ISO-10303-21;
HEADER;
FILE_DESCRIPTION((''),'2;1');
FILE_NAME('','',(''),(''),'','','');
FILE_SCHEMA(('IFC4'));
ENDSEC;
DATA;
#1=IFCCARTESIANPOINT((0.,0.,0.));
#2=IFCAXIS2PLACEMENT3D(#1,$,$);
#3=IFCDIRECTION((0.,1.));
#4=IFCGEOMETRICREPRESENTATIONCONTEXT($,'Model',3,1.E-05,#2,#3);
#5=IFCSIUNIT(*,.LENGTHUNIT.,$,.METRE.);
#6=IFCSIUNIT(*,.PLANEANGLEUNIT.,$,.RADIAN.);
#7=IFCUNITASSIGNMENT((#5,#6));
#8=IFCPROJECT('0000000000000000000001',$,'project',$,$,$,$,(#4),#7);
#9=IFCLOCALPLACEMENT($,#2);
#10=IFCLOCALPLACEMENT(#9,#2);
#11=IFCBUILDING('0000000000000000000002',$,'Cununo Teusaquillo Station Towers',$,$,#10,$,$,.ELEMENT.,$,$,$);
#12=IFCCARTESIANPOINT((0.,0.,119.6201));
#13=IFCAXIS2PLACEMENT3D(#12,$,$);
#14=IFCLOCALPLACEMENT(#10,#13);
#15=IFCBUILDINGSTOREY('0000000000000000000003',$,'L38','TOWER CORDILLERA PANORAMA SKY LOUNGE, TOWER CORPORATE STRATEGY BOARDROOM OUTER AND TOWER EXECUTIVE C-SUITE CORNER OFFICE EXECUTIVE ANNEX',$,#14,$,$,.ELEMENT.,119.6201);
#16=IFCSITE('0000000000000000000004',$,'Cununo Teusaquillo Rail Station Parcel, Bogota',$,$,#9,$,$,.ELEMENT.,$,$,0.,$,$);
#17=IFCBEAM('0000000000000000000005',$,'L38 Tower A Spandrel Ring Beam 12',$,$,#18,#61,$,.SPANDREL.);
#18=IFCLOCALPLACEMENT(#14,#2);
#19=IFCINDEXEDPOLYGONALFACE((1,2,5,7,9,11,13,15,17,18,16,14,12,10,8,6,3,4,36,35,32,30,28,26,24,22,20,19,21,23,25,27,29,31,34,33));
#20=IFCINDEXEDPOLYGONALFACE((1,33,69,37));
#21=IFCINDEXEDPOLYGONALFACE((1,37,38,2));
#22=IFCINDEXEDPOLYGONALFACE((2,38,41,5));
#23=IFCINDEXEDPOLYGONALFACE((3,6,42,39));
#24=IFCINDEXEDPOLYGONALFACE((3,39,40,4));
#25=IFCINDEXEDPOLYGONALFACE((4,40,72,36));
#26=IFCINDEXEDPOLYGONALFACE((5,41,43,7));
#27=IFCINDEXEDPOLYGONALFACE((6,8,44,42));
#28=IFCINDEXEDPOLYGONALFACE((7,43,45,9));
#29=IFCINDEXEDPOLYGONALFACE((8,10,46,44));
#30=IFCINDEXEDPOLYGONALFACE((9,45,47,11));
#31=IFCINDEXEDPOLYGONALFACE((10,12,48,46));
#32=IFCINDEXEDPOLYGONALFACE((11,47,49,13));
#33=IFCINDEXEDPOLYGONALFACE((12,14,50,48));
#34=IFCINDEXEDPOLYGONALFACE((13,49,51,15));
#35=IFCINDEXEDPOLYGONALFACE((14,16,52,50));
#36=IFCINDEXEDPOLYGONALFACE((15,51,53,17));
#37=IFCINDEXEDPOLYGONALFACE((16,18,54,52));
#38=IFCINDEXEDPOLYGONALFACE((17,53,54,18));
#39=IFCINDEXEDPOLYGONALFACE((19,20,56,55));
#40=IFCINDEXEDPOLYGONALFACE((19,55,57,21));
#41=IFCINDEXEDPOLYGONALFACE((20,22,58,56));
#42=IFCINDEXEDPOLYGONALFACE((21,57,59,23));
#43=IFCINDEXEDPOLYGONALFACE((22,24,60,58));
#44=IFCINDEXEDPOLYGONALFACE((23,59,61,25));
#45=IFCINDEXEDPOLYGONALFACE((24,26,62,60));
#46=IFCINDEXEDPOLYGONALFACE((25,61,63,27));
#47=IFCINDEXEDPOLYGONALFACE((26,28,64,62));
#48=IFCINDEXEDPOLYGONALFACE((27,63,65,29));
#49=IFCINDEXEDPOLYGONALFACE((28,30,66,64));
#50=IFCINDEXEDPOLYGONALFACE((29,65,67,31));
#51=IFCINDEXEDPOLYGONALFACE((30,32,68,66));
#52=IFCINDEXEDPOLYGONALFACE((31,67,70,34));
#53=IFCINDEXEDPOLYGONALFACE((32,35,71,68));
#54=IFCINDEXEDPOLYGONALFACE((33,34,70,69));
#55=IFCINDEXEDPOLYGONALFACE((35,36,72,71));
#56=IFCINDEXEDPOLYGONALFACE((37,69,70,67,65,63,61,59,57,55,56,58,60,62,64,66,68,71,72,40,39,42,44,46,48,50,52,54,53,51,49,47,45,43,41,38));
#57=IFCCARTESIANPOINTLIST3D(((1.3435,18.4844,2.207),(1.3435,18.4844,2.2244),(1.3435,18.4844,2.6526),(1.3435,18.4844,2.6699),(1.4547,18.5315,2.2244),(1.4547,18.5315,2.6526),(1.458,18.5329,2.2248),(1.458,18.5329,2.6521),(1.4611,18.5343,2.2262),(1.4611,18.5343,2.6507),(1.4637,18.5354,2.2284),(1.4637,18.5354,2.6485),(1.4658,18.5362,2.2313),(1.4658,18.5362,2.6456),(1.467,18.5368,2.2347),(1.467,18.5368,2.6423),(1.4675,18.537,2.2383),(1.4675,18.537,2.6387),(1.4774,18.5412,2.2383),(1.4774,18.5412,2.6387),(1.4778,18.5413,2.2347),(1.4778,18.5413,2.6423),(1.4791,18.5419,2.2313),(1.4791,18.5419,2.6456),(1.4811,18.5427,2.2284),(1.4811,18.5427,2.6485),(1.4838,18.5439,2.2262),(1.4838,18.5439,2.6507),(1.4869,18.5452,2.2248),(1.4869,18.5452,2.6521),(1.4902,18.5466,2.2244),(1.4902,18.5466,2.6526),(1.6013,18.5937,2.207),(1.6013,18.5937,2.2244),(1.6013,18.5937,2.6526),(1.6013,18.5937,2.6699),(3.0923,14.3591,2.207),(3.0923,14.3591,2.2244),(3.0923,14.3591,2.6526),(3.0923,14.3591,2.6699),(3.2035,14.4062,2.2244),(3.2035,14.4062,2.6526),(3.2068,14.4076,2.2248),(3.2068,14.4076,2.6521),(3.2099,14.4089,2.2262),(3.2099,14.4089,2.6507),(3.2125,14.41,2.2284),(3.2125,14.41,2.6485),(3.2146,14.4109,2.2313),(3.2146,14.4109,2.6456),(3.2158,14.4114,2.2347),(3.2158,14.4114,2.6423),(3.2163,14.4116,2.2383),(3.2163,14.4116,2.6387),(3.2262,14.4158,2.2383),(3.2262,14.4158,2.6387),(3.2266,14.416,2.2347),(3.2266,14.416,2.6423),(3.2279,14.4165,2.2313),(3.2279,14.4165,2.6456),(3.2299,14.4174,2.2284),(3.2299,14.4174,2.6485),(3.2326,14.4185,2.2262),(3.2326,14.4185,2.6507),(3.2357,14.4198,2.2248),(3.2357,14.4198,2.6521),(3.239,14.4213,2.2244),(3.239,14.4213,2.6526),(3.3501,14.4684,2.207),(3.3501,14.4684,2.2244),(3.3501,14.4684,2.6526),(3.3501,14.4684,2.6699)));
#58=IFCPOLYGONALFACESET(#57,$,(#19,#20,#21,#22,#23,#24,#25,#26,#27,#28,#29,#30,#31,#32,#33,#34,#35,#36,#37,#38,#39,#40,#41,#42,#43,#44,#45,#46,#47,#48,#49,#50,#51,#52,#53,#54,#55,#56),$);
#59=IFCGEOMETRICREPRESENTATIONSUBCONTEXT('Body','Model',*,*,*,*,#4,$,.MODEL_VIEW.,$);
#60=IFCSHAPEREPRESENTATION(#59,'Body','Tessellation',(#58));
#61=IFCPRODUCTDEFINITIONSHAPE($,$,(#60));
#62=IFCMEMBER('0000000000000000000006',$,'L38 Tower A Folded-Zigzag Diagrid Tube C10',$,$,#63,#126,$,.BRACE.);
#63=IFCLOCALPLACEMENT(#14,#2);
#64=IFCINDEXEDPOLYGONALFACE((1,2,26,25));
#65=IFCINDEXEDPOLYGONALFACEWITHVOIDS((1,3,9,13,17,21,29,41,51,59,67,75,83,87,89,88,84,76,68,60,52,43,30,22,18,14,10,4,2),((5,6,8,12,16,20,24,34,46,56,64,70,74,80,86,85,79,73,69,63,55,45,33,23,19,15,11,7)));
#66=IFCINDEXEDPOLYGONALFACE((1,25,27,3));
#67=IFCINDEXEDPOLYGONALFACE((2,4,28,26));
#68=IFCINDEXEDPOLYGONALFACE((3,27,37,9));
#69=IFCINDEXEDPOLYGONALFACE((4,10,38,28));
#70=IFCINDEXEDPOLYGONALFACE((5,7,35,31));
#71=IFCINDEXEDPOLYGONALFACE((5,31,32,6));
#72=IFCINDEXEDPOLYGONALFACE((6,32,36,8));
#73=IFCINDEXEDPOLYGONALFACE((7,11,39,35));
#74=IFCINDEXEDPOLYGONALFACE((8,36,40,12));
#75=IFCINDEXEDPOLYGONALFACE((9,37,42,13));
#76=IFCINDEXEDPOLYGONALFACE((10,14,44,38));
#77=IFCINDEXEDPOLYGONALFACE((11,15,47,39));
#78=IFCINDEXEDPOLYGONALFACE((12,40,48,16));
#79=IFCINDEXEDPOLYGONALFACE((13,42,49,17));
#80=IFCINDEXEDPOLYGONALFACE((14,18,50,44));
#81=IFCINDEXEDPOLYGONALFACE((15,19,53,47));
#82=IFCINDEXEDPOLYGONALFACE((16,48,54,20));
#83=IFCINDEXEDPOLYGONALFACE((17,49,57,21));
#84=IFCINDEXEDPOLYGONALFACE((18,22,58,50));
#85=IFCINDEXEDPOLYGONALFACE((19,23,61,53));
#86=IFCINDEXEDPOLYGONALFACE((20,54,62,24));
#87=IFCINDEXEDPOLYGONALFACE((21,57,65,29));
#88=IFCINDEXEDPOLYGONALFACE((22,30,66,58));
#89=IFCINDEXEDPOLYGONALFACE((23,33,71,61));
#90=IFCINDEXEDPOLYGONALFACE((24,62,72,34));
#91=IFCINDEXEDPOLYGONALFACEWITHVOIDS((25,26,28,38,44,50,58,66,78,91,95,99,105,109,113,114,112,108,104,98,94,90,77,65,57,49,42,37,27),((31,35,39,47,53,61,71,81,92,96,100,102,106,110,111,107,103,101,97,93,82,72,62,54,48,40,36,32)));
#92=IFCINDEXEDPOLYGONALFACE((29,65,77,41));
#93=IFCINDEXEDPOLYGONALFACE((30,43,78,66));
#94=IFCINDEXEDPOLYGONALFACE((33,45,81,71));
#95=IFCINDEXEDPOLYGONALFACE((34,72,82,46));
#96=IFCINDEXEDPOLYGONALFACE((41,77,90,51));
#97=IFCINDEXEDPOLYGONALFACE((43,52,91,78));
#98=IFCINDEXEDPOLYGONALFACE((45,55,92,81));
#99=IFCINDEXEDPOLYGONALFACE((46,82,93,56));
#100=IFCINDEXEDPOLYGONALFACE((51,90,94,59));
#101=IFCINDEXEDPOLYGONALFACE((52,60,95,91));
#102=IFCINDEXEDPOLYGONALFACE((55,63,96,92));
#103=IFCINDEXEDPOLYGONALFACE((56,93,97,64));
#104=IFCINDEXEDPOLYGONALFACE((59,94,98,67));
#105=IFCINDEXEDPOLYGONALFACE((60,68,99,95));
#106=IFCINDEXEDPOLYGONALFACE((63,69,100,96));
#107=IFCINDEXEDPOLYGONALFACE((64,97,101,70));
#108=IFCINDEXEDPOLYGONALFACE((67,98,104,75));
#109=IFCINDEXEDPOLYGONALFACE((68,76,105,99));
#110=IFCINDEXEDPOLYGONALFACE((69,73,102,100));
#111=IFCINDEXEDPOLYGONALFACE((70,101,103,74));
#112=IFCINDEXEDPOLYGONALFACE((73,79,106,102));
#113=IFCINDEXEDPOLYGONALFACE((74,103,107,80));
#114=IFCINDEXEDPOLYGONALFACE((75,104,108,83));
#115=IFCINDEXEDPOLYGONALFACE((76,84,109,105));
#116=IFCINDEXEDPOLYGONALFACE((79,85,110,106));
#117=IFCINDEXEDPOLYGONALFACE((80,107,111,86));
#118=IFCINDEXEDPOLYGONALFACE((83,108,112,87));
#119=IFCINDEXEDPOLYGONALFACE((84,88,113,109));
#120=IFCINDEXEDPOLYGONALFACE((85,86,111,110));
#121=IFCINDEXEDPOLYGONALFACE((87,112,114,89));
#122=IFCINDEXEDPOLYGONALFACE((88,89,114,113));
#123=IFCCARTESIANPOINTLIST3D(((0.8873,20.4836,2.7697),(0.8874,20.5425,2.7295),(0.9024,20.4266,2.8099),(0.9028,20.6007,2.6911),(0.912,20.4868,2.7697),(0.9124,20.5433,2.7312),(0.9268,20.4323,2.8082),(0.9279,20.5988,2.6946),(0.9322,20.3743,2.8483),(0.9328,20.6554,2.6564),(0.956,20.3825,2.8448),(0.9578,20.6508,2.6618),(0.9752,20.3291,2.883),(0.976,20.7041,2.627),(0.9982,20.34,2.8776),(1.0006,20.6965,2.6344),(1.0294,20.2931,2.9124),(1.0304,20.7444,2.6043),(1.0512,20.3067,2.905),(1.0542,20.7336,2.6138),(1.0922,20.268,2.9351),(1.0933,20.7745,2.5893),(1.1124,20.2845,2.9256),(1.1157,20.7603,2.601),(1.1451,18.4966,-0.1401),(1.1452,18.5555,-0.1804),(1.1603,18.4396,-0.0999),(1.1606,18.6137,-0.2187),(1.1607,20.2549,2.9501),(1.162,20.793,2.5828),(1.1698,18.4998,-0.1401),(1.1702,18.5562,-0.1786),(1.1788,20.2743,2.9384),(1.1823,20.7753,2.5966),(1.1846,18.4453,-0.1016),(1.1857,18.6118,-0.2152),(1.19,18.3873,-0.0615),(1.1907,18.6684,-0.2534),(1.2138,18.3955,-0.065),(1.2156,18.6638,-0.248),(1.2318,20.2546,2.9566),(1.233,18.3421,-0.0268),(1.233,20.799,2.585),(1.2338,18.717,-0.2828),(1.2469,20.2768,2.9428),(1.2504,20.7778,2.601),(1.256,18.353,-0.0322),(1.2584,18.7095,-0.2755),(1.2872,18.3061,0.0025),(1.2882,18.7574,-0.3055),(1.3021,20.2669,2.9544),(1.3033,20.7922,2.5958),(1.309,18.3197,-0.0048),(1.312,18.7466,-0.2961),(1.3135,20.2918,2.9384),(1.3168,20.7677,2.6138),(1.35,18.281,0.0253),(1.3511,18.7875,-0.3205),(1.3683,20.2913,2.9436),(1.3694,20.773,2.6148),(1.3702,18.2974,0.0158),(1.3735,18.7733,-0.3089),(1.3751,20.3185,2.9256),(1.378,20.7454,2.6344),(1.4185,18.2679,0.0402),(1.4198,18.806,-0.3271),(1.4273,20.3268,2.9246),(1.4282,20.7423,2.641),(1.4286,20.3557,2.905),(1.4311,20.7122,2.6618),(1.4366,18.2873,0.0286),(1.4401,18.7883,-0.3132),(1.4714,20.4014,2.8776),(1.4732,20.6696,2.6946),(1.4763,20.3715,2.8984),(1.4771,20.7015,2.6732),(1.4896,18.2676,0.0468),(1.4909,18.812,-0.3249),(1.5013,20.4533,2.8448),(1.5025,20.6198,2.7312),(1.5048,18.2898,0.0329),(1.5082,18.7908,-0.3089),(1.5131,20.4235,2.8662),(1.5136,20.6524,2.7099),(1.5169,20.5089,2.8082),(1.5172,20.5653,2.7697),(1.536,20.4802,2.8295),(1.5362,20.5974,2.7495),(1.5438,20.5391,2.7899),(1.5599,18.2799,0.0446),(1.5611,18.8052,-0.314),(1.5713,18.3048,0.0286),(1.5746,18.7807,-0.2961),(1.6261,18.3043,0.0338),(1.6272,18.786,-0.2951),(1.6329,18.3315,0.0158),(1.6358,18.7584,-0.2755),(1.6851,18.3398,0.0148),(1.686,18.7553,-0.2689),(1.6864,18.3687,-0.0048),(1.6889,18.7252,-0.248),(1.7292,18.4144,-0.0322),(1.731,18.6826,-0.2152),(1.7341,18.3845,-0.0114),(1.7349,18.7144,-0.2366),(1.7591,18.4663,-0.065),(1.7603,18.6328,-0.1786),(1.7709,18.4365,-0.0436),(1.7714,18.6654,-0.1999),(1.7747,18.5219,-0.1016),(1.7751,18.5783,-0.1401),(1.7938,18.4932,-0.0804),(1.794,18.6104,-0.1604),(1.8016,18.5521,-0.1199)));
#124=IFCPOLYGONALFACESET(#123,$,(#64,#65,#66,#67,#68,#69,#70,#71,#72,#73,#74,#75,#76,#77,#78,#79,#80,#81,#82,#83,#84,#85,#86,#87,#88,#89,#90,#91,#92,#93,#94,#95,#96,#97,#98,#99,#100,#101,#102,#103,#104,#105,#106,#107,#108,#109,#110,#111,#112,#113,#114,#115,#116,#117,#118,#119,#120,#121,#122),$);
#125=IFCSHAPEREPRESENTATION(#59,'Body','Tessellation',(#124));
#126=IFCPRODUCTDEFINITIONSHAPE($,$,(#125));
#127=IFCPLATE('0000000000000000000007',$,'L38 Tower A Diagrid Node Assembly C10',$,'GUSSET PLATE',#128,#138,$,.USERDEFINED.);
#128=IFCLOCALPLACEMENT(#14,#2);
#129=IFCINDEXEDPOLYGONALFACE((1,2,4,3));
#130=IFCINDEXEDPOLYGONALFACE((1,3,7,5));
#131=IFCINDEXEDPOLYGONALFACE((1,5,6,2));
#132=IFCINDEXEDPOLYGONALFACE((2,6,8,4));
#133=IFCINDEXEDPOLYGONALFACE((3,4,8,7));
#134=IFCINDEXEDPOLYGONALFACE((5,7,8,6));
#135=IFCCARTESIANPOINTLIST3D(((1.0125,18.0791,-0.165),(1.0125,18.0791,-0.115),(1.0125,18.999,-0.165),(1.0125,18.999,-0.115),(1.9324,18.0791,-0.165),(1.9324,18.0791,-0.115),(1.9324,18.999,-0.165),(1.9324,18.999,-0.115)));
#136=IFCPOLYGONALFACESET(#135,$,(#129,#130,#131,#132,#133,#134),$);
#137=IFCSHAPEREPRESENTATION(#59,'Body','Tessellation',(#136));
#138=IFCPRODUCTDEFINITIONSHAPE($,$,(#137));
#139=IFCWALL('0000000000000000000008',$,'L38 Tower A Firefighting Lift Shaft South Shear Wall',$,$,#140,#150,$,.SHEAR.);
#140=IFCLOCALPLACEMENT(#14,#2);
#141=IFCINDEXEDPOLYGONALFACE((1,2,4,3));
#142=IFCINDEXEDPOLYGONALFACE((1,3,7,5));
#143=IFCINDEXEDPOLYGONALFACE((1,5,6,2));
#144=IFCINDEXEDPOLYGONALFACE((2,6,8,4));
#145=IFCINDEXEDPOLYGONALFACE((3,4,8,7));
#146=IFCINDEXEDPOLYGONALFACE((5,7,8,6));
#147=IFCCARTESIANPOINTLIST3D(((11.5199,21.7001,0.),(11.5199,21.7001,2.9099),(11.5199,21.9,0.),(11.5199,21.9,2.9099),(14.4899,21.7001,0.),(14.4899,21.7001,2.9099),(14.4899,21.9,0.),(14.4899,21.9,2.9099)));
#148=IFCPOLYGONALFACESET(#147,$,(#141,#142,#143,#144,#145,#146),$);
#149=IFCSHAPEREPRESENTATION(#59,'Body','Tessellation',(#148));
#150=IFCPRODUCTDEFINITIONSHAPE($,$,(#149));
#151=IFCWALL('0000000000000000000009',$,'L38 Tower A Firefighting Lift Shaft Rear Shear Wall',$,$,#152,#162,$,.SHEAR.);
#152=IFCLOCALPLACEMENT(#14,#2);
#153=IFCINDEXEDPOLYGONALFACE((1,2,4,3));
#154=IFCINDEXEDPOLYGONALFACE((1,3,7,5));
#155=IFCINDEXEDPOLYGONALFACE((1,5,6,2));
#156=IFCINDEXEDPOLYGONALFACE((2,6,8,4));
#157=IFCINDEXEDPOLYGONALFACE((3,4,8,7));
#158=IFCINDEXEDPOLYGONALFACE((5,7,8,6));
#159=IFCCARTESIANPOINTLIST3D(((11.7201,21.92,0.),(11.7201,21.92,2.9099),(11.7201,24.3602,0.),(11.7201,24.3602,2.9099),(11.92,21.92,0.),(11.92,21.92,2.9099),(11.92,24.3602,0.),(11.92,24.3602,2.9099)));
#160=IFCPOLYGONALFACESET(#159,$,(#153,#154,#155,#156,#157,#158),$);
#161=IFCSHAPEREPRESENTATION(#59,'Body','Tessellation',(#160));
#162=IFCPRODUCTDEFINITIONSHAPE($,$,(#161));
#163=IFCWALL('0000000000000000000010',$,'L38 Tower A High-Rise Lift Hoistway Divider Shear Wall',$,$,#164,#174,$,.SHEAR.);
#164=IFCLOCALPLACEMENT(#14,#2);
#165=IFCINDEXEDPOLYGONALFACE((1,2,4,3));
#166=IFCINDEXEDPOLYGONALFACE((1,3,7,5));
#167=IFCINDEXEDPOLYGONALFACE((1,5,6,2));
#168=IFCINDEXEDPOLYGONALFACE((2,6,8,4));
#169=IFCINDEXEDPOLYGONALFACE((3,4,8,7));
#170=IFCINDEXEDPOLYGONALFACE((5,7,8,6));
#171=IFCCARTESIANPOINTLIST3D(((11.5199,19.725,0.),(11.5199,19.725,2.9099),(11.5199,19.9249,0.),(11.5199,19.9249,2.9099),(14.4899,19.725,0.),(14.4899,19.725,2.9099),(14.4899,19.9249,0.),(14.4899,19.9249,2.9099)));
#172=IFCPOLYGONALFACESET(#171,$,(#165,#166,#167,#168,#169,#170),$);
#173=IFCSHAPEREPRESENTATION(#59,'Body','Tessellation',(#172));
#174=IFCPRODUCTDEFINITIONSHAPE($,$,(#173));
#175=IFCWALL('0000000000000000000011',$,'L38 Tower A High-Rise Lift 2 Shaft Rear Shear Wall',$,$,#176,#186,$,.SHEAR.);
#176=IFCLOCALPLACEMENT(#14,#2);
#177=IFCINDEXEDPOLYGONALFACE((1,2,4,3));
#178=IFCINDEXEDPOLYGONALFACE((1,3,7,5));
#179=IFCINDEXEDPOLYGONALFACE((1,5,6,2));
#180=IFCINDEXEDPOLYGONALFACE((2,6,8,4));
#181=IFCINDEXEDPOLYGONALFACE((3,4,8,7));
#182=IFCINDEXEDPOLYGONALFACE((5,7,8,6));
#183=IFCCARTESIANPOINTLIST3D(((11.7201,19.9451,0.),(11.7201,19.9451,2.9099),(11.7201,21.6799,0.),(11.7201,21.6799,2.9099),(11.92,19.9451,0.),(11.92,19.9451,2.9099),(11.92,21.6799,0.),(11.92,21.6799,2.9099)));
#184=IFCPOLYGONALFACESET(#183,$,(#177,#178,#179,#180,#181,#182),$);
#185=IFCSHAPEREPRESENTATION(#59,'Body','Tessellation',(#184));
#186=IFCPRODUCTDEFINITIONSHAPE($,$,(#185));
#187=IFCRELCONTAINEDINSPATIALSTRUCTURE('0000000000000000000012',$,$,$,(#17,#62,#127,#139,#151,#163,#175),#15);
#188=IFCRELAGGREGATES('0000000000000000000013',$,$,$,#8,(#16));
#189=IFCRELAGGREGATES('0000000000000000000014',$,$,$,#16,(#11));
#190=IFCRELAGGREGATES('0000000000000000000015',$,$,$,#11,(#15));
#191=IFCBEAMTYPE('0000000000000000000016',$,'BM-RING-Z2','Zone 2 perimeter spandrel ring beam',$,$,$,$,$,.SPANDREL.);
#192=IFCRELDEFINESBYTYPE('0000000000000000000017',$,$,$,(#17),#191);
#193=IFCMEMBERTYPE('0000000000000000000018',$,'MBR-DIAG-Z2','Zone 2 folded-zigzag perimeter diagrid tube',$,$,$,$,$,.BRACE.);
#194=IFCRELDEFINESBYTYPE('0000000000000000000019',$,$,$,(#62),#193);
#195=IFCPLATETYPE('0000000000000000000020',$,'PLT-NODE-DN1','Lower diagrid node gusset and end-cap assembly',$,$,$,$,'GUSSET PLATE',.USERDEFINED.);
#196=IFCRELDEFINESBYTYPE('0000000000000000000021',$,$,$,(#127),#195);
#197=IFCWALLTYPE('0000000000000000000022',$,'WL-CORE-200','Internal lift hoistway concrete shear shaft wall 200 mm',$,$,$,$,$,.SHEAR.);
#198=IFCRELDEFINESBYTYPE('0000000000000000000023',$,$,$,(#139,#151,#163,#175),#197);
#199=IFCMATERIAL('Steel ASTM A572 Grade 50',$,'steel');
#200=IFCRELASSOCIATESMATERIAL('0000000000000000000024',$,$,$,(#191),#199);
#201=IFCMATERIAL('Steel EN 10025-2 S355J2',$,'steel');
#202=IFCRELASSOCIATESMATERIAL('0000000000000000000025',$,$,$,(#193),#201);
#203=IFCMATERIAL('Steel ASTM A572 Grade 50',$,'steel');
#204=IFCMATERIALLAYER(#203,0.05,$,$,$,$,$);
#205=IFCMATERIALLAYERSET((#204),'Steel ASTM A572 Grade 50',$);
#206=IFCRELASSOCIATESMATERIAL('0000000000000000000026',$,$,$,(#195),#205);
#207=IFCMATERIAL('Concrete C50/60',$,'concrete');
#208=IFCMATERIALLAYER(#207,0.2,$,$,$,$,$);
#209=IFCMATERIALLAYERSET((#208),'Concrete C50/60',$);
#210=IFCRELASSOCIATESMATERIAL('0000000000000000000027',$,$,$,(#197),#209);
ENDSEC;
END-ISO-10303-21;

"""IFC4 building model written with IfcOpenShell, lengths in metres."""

from ifc_helpers import new_model, si_unit, direction, frame, frame_2d, origin, origin_2d, place, context, subcontext, project, spatial, rectangle, hollow_circle, i_section, extrude, source, transform, mapped, material, layer, layer_set, material_profile, profile_set, type_object, element, save


model = new_model("IFC4")

# Units and contexts
model_context = context("Model", 3, precision=1e-05, world=origin(), true_north=direction((0.0, 1.0)))
body_context = subcontext(model_context, "Body", "Model", "MODEL_VIEW")
ifc_project = project(units=[si_unit("LENGTHUNIT", "METRE"), si_unit("PLANEANGLEUNIT", "RADIAN")], contexts=[model_context])

# Site, building, storey
site_placement = place(None, origin())
site = spatial("IfcSite", under=ifc_project, at=site_placement, Name="Cununo Teusaquillo Rail Station Parcel, Bogota", CompositionType="ELEMENT", RefElevation=0.0)
building_placement = place(site_placement, origin())
building = spatial("IfcBuilding", under=site, at=building_placement, Name="Cununo Teusaquillo Station Towers", CompositionType="ELEMENT")
storey_placement = place(building_placement, frame((0.0, 0.0, 119.6201)))
storey = spatial("IfcBuildingStorey", under=building, at=storey_placement, Name="L38", Description="TOWER CORDILLERA PANORAMA SKY LOUNGE, TOWER CORPORATE STRATEGY BOARDROOM OUTER AND TOWER EXECUTIVE C-SUITE CORNER OFFICE EXECUTIVE ANNEX", CompositionType="ELEMENT", Elevation=119.6201)

# Beam
ifc_material_1 = material(Name="Steel ASTM A572 Grade 50", Category="steel")
ifc_material_profile_1 = material_profile(ifc_material_1, i_section(OverallWidth=0.28, OverallDepth=0.4629, WebThickness=0.0107, FlangeThickness=0.0173, FilletRadius=0.0139, at=origin_2d()), Name="W18X76")
ifc_profile_set_1 = profile_set([ifc_material_profile_1], Name="Steel ASTM A572 Grade 50")
beam_type_1 = type_object("IfcBeamType", Name="BM-RING-Z2", Description="Zone 2 perimeter spandrel ring beam", PredefinedType="SPANDREL", material=ifc_profile_set_1)
beam_1_placement = place(storey_placement, frame((1.4724, 18.5391, 2.4385), z_axis=(0.390299, -0.920688, 0.0), x_axis=(0.920688, 0.390299, 0.0)))
element("IfcBeam", 1, at=beam_1_placement, inside=storey, type_object=beam_type_1, Name="L38 Tower A Spandrel Ring Beam 12", PredefinedType="SPANDREL", context=body_context, shape_type="SweptSolid", body=[
    extrude(i_section(OverallWidth=0.28, OverallDepth=0.4629, WebThickness=0.0107, FlangeThickness=0.0173, FilletRadius=0.0139, at=origin_2d()), origin(), (0.0, 0.0, 1.0), 4.4807),
])

# Member
ifc_material_2 = material(Name="Steel EN 10025-2 S355J2", Category="steel")
ifc_material_profile_2 = material_profile(ifc_material_2, hollow_circle(Radius=0.3301, WallThickness=0.0249, at=origin_2d()), Name="CHS 660x25")
ifc_profile_set_2 = profile_set([ifc_material_profile_2], Name="Steel EN 10025-2 S355J2")
member_type = type_object("IfcMemberType", Name="MBR-DIAG-Z2", Description="Zone 2 folded-zigzag perimeter diagrid tube", PredefinedType="BRACE", material=ifc_profile_set_2)
member_placement = place(storey_placement, frame((1.4724, 18.5391, -0.1401), z_axis=(-0.072972, 0.56242, 0.823625), x_axis=(-0.991688, -0.128667, 0.0)))
element("IfcMember", 2, at=member_placement, inside=storey, type_object=member_type, Name="L38 Tower A Folded-Zigzag Diagrid Tube C10", PredefinedType="BRACE", context=body_context, shape_type="SweptSolid", body=[
    extrude(hollow_circle(Radius=0.3301, WallThickness=0.0249, at=origin_2d()), origin(), (0.0, 0.0, 1.0), 3.533),
])

# Plate
ifc_material_3 = material(Name="Steel ASTM A572 Grade 50", Category="steel")
ifc_layer_1 = layer(ifc_material_3, 0.05)
ifc_layer_set_1 = layer_set([ifc_layer_1], Name="Steel ASTM A572 Grade 50")
plate_type = type_object("IfcPlateType", Name="PLT-NODE-DN1", Description="Lower diagrid node gusset and end-cap assembly", ElementType="GUSSET PLATE", PredefinedType="USERDEFINED", material=ifc_layer_set_1)
shared_shape_1 = source(origin(), body_context, "Body", "SweptSolid", [
    extrude(rectangle(XDim=0.9199, YDim=0.9199, at=origin_2d()), origin(), (0.0, 0.0, 1.0), 0.05),
])
plate_placement = place(storey_placement, frame((1.4724, 18.5391, -0.165), z_axis=(0.0, 0.0, 1.0), x_axis=(1.0, 0.0, 0.0)))
element("IfcPlate", 3, at=plate_placement, inside=storey, type_object=plate_type, Name="L38 Tower A Diagrid Node Assembly C10", ObjectType="GUSSET PLATE", PredefinedType="USERDEFINED", context=body_context, shape_type="MappedRepresentation", body=[
    mapped(shared_shape_1, transform((0.0, 0.0, 0.0), x_axis=(1.0, 0.0, 0.0), y_axis=(0.0, 1.0, 0.0), z_axis=(0.0, 0.0, 1.0), scale=1.0)),
])

# Walls
ifc_material_4 = material(Name="Concrete C50/60", Category="concrete")
ifc_layer_2 = layer(ifc_material_4, 0.2)
ifc_layer_set_2 = layer_set([ifc_layer_2], Name="Concrete C50/60")
wall_type_1 = type_object("IfcWallType", Name="WL-CORE-200", Description="Internal lift hoistway concrete shear shaft wall 200 mm", PredefinedType="SHEAR", material=ifc_layer_set_2)
wall_1_placement = place(storey_placement, frame((11.52, 21.8, 0.0), z_axis=(0.0, 0.0, 1.0), x_axis=(1.0, 0.0, 0.0)))
element("IfcWall", 4, at=wall_1_placement, inside=storey, type_object=wall_type_1, Name="L38 Tower A Firefighting Lift Shaft South Shear Wall", PredefinedType="SHEAR", context=body_context, shape_type="SweptSolid", body=[
    extrude(rectangle(XDim=2.97, YDim=0.2, at=frame_2d((1.4849, 0.0))), origin(), (0.0, 0.0, 1.0), 2.9099),
])
wall_2_placement = place(storey_placement, frame((11.8201, 21.9199, 0.0), z_axis=(0.0, 0.0, 1.0), x_axis=(0.0, 1.0, 0.0)))
element("IfcWall", 5, at=wall_2_placement, inside=storey, type_object=wall_type_1, Name="L38 Tower A Firefighting Lift Shaft Rear Shear Wall", PredefinedType="SHEAR", context=body_context, shape_type="SweptSolid", body=[
    extrude(rectangle(XDim=2.4402, YDim=0.2, at=frame_2d((1.2202, 0.0))), origin(), (0.0, 0.0, 1.0), 2.9099),
])
wall_3_placement = place(storey_placement, frame((11.52, 19.825, 0.0), z_axis=(0.0, 0.0, 1.0), x_axis=(1.0, 0.0, 0.0)))
element("IfcWall", 6, at=wall_3_placement, inside=storey, type_object=wall_type_1, Name="L38 Tower A High-Rise Lift Hoistway Divider Shear Wall", PredefinedType="SHEAR", context=body_context, shape_type="SweptSolid", body=[
    extrude(rectangle(XDim=2.97, YDim=0.2, at=frame_2d((1.4849, 0.0))), origin(), (0.0, 0.0, 1.0), 2.9099),
])
wall_4_placement = place(storey_placement, frame((11.8201, 19.9451, 0.0), z_axis=(0.0, 0.0, 1.0), x_axis=(0.0, 1.0, 0.0)))
element("IfcWall", 7, at=wall_4_placement, inside=storey, type_object=wall_type_1, Name="L38 Tower A High-Rise Lift 2 Shaft Rear Shear Wall", PredefinedType="SHEAR", context=body_context, shape_type="SweptSolid", body=[
    extrude(rectangle(XDim=1.7349, YDim=0.2, at=frame_2d((0.8674, 0.0))), origin(), (0.0, 0.0, 1.0), 2.9099),
])

save(model, "model.ifc")
